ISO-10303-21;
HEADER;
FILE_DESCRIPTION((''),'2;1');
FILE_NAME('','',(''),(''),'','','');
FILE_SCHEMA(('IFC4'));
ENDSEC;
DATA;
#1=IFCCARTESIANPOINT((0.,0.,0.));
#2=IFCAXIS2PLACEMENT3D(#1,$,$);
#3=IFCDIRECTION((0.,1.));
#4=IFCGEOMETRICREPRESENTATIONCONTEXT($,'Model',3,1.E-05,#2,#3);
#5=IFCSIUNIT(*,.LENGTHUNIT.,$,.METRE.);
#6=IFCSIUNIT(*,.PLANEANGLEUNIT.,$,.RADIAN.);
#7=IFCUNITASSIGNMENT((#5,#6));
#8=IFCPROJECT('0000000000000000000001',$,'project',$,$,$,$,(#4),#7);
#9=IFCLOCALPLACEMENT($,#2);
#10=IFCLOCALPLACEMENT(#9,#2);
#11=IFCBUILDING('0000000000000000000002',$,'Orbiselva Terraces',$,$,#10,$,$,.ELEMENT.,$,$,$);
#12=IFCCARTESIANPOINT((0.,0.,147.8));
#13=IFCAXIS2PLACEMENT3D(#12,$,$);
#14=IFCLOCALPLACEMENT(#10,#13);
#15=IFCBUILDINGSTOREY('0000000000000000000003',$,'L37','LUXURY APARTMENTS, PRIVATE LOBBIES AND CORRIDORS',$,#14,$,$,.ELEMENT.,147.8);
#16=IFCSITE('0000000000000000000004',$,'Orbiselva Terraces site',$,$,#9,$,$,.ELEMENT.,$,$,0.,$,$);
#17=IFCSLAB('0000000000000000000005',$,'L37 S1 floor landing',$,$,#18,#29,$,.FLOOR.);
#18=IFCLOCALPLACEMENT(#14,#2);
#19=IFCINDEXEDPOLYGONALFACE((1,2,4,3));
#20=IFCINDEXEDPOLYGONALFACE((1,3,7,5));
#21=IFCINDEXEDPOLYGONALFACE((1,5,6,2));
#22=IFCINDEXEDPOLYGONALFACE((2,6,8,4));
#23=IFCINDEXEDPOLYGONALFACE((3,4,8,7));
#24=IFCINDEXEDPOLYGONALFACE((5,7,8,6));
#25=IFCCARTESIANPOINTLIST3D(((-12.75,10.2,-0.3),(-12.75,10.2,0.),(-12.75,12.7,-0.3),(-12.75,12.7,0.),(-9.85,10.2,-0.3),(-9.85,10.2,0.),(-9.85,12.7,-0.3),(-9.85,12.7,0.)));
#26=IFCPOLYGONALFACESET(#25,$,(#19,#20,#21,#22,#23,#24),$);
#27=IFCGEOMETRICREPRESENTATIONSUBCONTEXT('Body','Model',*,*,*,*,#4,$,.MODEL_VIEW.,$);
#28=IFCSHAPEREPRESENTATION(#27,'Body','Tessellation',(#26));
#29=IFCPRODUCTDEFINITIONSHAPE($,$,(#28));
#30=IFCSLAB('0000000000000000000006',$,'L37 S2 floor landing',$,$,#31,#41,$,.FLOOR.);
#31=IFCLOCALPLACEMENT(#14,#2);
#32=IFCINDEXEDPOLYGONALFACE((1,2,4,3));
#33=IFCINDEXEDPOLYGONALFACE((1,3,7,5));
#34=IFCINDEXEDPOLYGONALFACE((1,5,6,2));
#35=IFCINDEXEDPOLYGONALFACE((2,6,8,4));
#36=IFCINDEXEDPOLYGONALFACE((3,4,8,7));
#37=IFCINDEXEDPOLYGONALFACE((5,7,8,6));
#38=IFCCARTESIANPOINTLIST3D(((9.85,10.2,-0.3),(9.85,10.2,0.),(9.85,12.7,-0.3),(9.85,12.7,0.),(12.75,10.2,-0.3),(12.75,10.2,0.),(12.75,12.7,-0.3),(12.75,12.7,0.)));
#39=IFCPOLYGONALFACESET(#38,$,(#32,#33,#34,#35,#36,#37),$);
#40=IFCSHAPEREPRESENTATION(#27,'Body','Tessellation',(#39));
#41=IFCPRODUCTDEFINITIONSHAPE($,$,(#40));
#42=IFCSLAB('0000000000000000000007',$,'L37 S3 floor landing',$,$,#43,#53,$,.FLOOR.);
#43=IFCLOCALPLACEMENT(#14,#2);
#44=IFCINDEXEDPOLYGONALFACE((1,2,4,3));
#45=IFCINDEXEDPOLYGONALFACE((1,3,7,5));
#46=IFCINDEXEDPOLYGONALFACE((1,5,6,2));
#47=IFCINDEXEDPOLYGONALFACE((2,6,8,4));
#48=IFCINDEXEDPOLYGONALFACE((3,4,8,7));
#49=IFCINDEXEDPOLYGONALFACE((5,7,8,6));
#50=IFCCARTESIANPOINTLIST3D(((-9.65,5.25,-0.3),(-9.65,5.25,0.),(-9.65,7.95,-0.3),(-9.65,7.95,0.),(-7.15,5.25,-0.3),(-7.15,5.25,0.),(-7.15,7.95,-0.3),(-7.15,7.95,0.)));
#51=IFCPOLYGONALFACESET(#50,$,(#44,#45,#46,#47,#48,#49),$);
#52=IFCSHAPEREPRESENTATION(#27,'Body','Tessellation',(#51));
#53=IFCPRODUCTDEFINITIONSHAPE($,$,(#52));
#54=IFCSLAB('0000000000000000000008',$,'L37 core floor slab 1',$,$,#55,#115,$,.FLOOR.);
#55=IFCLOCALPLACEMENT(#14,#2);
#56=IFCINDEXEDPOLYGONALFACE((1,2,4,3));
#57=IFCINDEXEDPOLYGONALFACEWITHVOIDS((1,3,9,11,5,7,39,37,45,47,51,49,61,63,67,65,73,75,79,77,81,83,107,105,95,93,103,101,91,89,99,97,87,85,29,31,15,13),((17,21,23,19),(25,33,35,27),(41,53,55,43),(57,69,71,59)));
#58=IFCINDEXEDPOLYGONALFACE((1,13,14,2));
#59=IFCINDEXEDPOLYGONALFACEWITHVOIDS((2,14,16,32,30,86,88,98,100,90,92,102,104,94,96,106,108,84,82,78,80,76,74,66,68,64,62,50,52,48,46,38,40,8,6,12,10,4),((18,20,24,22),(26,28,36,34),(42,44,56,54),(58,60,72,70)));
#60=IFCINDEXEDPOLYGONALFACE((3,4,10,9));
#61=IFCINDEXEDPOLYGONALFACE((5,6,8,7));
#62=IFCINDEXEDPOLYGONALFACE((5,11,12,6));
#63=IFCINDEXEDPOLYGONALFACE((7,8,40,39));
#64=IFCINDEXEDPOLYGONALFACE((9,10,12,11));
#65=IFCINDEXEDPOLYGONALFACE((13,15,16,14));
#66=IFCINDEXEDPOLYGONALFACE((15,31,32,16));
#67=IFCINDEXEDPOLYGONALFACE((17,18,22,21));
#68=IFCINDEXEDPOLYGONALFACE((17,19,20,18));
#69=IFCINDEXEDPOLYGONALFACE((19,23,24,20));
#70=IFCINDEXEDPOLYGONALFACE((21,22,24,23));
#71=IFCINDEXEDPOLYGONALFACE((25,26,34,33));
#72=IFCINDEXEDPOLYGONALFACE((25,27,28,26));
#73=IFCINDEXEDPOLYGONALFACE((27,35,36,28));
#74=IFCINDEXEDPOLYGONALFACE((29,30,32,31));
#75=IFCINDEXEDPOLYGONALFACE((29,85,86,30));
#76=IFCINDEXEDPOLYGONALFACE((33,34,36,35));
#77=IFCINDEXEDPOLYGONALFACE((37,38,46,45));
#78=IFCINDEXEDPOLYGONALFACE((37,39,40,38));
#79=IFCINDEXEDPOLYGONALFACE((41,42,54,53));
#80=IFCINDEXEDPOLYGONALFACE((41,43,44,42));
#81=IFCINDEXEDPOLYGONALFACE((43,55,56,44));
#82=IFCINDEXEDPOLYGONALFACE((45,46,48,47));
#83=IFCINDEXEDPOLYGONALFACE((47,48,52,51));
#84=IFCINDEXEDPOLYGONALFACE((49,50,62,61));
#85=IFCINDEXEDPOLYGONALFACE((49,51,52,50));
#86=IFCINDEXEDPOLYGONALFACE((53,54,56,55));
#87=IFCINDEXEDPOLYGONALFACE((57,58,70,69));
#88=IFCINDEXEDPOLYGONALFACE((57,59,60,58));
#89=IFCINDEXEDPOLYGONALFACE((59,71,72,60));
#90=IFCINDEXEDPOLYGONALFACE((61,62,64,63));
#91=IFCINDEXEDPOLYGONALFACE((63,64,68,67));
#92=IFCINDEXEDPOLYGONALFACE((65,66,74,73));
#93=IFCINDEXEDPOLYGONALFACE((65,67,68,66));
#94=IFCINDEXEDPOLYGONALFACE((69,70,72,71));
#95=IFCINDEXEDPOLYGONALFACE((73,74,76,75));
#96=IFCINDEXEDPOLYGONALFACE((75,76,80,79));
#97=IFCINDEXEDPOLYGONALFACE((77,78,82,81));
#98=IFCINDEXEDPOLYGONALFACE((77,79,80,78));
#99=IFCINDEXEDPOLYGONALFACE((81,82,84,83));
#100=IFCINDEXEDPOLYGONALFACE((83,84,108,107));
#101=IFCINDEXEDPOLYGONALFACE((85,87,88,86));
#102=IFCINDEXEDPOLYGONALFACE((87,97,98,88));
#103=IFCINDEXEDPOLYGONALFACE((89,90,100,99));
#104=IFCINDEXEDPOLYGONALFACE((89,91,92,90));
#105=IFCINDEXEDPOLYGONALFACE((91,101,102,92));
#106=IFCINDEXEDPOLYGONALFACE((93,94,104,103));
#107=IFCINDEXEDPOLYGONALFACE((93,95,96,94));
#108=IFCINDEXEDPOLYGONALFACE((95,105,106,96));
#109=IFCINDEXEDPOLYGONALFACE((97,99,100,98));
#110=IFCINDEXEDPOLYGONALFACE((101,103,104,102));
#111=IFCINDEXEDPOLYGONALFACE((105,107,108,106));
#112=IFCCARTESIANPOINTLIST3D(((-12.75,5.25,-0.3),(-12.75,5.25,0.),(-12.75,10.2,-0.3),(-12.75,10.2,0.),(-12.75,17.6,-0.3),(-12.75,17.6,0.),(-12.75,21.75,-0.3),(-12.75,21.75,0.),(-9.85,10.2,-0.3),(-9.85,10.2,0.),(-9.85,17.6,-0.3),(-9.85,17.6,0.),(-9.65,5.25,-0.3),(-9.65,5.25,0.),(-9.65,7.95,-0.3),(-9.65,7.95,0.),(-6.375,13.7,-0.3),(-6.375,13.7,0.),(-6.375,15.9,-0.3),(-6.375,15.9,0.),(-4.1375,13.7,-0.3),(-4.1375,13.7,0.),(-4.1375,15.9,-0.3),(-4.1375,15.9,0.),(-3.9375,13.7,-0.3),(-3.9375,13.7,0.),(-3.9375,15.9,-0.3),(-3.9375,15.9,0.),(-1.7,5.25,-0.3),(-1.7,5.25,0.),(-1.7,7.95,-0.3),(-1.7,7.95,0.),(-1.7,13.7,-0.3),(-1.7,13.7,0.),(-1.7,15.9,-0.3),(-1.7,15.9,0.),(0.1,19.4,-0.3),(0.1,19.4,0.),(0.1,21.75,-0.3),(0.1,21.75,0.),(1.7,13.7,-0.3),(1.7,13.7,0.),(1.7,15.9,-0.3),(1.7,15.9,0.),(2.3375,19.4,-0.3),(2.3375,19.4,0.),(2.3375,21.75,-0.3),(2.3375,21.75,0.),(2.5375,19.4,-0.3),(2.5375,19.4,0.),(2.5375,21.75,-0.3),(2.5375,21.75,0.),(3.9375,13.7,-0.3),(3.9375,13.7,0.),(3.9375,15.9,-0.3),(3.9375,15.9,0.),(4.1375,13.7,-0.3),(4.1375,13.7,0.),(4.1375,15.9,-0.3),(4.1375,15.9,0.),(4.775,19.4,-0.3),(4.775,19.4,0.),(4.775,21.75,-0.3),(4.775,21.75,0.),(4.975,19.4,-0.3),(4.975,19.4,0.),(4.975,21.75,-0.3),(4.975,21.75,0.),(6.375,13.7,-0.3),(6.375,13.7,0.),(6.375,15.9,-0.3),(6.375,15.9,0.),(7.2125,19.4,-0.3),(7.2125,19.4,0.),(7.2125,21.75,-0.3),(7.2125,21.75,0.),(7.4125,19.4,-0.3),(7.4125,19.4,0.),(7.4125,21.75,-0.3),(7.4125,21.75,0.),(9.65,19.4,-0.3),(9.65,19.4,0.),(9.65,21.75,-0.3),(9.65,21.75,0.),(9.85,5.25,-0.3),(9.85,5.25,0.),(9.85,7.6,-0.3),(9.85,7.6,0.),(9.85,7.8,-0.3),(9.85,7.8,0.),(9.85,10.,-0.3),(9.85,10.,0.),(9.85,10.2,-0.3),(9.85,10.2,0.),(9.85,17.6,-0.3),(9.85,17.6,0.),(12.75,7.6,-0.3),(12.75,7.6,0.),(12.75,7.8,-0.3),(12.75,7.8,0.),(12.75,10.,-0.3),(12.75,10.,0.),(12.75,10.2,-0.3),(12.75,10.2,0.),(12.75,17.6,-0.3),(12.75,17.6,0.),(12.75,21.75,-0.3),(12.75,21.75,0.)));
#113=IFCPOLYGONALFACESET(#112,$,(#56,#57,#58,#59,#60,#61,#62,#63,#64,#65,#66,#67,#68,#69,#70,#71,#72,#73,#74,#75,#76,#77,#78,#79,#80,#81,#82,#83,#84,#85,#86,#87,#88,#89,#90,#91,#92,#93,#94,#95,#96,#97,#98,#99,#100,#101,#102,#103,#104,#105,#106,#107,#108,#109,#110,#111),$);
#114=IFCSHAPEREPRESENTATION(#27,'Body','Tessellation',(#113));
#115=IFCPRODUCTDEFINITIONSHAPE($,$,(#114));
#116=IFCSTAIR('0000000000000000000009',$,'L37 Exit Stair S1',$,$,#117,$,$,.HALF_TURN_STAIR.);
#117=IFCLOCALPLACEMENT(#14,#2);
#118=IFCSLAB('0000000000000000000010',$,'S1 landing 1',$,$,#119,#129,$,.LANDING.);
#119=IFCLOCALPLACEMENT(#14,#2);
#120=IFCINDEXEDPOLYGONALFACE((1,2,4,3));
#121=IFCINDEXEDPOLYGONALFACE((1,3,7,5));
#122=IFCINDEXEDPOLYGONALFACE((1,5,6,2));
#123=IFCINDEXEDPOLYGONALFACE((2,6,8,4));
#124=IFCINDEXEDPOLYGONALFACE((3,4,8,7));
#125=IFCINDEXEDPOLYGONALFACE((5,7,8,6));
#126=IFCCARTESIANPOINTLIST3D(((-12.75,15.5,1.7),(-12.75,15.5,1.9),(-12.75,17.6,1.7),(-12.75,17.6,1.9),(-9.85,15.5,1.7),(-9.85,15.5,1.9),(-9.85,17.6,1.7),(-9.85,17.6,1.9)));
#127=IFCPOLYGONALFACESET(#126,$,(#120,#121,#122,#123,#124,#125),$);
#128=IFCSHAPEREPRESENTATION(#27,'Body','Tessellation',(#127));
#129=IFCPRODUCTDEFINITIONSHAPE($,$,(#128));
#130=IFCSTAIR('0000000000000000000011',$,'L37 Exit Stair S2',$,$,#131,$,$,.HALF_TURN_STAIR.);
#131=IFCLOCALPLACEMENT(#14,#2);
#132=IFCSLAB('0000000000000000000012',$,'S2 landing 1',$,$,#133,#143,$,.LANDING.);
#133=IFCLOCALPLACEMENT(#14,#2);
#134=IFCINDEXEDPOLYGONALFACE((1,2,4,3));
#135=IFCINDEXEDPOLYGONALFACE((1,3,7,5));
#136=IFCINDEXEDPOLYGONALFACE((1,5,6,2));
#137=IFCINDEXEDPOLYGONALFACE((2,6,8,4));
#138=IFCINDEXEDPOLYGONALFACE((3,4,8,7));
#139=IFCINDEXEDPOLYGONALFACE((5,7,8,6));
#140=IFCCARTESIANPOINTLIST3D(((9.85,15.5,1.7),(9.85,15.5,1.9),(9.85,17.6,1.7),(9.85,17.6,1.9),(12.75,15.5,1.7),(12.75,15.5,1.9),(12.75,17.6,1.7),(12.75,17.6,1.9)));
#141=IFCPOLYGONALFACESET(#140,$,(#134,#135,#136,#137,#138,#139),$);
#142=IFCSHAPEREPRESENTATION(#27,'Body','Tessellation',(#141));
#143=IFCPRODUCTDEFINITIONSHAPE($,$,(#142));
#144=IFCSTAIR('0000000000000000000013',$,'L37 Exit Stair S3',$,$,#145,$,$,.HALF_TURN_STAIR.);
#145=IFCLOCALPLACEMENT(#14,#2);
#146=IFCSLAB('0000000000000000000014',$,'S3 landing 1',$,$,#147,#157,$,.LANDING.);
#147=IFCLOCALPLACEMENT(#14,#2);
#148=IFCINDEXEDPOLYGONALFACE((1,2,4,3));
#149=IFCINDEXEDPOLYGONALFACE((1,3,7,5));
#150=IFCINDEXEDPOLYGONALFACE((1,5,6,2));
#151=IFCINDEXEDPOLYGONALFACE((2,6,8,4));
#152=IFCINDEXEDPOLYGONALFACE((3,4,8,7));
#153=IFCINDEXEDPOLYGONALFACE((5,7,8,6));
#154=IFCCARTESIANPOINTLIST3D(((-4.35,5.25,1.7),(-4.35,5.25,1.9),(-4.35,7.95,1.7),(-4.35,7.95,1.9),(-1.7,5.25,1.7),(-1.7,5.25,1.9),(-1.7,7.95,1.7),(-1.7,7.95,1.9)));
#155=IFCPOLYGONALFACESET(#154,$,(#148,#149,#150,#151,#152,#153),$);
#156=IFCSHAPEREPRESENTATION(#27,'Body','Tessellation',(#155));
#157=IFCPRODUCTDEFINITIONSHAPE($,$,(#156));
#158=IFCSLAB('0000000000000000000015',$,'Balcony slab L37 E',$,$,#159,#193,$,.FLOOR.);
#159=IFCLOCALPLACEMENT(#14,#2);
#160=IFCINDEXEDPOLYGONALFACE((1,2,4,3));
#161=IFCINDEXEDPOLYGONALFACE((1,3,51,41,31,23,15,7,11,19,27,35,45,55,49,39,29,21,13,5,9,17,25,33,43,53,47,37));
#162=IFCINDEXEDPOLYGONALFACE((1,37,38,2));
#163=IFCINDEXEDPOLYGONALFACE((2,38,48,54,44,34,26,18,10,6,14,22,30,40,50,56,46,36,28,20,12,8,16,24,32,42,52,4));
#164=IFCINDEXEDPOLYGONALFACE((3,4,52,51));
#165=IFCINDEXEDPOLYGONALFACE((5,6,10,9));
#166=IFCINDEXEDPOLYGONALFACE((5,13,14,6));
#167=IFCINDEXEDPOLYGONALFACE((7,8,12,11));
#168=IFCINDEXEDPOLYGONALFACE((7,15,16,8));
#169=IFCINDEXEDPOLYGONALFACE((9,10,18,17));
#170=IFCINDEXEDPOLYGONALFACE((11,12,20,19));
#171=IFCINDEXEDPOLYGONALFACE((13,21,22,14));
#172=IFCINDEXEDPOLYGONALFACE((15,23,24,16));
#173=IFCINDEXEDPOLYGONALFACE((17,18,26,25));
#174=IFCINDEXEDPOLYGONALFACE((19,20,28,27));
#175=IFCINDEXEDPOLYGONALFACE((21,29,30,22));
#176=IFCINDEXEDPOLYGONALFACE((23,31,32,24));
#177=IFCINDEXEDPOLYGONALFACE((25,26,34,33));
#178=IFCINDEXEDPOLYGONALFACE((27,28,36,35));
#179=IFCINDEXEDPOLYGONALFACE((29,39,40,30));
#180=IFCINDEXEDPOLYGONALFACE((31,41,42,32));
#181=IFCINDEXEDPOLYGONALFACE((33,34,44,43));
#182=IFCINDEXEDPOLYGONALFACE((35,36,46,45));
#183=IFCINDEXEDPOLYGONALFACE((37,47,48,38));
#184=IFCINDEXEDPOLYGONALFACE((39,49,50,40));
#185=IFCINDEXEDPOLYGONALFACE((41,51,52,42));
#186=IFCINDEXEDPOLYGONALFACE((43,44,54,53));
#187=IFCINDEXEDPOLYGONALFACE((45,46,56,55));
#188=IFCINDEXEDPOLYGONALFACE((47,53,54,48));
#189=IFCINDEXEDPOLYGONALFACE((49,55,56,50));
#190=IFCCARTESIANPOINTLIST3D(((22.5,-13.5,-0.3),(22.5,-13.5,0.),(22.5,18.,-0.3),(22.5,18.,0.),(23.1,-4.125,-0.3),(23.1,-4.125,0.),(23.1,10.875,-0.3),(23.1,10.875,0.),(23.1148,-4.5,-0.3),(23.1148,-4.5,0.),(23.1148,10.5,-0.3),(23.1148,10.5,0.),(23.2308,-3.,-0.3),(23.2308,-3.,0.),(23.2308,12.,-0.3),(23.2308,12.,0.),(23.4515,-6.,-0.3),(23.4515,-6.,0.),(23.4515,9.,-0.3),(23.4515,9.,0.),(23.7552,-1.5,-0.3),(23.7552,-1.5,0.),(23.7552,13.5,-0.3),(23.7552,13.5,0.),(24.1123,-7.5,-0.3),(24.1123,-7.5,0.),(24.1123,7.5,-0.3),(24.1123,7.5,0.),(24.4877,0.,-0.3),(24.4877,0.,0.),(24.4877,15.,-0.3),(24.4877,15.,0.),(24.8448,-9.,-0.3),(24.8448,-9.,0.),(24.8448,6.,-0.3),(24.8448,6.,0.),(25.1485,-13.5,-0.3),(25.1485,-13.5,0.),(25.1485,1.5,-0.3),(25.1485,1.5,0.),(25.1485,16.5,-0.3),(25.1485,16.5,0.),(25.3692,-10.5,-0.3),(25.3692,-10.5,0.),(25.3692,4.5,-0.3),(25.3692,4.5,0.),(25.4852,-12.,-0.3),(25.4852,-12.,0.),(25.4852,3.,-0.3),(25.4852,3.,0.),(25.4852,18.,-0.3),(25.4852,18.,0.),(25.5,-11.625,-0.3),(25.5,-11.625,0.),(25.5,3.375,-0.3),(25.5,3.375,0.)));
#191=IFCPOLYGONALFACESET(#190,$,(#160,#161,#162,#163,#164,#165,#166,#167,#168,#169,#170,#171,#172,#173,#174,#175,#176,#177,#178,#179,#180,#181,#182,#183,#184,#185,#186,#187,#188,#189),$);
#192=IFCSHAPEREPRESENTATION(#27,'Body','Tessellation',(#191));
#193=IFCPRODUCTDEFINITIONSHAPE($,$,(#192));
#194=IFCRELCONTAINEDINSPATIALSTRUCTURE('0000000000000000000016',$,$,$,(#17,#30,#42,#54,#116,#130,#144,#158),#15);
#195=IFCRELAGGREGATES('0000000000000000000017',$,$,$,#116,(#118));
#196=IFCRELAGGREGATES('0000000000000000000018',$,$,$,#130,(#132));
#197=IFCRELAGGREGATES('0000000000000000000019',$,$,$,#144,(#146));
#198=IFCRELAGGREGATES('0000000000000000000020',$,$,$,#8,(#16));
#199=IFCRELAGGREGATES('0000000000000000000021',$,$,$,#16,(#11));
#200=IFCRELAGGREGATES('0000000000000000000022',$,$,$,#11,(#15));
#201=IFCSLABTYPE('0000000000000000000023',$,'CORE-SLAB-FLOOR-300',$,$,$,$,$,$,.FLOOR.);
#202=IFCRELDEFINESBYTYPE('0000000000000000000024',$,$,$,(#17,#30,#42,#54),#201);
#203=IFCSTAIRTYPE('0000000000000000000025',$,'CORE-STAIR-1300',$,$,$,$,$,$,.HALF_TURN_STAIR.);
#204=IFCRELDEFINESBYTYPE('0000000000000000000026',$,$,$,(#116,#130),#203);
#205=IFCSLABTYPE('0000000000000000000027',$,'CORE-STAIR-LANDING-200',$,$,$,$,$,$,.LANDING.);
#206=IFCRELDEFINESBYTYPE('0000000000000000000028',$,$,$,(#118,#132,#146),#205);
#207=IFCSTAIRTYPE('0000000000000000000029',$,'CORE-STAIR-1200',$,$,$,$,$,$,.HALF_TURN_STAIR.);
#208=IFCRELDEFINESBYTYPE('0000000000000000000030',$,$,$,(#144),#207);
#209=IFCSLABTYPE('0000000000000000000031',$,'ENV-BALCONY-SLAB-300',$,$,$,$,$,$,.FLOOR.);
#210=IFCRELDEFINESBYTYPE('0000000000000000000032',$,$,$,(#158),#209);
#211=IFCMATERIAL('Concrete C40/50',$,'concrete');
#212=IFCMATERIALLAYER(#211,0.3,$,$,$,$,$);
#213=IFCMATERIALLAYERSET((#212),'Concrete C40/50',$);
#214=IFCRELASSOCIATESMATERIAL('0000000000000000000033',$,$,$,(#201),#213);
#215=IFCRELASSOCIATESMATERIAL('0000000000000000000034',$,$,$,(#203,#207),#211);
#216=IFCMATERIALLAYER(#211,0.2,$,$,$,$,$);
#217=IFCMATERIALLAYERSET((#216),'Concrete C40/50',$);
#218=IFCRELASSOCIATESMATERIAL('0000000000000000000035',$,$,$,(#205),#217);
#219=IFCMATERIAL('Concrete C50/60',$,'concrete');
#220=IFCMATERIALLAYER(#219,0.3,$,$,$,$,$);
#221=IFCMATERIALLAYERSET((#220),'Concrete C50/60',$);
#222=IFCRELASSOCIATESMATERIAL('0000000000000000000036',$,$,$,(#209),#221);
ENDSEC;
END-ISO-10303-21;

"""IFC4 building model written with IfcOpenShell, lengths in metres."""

from ifc_helpers import new_model, si_unit, direction, frame, origin, place, context, subcontext, project, spatial, polyline, outline, extrude, material, layer, layer_set, type_object, element, aggregate, save


model = new_model("IFC4")

# Units and contexts
model_context = context("Model", 3, precision=1e-05, world=origin(), true_north=direction((0.0, 1.0)))
body_context = subcontext(model_context, "Body", "Model", "MODEL_VIEW")
ifc_project = project(units=[si_unit("LENGTHUNIT", "METRE"), si_unit("PLANEANGLEUNIT", "RADIAN")], contexts=[model_context])

# Site, building, storey
site_placement = place(None, origin())
site = spatial("IfcSite", under=ifc_project, at=site_placement, Name="Orbiselva Terraces site", CompositionType="ELEMENT", RefElevation=0.0)
building_placement = place(site_placement, origin())
building = spatial("IfcBuilding", under=site, at=building_placement, Name="Orbiselva Terraces", CompositionType="ELEMENT")
storey_placement = place(building_placement, frame((0.0, 0.0, 147.8)))
storey = spatial("IfcBuildingStorey", under=building, at=storey_placement, Name="L37", Description="LUXURY APARTMENTS, PRIVATE LOBBIES AND CORRIDORS", CompositionType="ELEMENT", Elevation=147.8)

# Slabs
ifc_material_1 = material(Name="Concrete C40/50", Category="concrete")
ifc_layer_1 = layer(ifc_material_1, 0.3)
ifc_layer_set_1 = layer_set([ifc_layer_1], Name="Concrete C40/50")
slab_type_1 = type_object("IfcSlabType", Name="CORE-SLAB-FLOOR-300", PredefinedType="FLOOR", material=ifc_layer_set_1)
slab_1_placement = place(storey_placement, frame((0.0, 0.0, -0.3)))
element("IfcSlab", 1, at=slab_1_placement, inside=storey, type_object=slab_type_1, Name="L37 S1 floor landing", PredefinedType="FLOOR", context=body_context, shape_type="SweptSolid", body=[
    extrude(outline(polyline([(-12.75, 12.7), (-9.85, 12.7), (-9.85, 10.2), (-12.75, 10.2), (-12.75, 12.7)])), origin(), (0.0, 0.0, 1.0), 0.3),
])
slab_2_placement = place(storey_placement, frame((0.0, 0.0, -0.3)))
element("IfcSlab", 2, at=slab_2_placement, inside=storey, type_object=slab_type_1, Name="L37 S2 floor landing", PredefinedType="FLOOR", context=body_context, shape_type="SweptSolid", body=[
    extrude(outline(polyline([(12.75, 12.7), (12.75, 10.2), (9.85, 10.2), (9.85, 12.7), (12.75, 12.7)])), origin(), (0.0, 0.0, 1.0), 0.3),
])
slab_3_placement = place(storey_placement, frame((0.0, 0.0, -0.3)))
element("IfcSlab", 3, at=slab_3_placement, inside=storey, type_object=slab_type_1, Name="L37 S3 floor landing", PredefinedType="FLOOR", context=body_context, shape_type="SweptSolid", body=[
    extrude(outline(polyline([(-7.15, 5.25), (-9.65, 5.25), (-9.65, 7.95), (-7.15, 7.95), (-7.15, 5.25)])), origin(), (0.0, 0.0, 1.0), 0.3),
])
slab_4_placement = place(storey_placement, frame((0.0, 0.0, -0.3)))
element("IfcSlab", 4, at=slab_4_placement, inside=storey, type_object=slab_type_1, Name="L37 core floor slab 1", PredefinedType="FLOOR", context=body_context, shape_type="SweptSolid", body=[
    extrude(outline(polyline([(-1.7, 5.25), (-1.7, 7.95), (-9.65, 7.95), (-9.65, 5.25), (-12.75, 5.25), (-12.75, 10.2), (-9.85, 10.2), (-9.85, 17.6), (-12.75, 17.6), (-12.75, 21.75), (0.1, 21.75), (0.1, 19.4), (2.3375, 19.4), (2.3375, 21.75), (2.5375, 21.75), (2.5375, 19.4), (4.775, 19.4), (4.775, 21.75), (4.975, 21.75), (4.975, 19.4), (7.2125, 19.4), (7.2125, 21.75), (7.4125, 21.75), (7.4125, 19.4), (9.65, 19.4), (9.65, 21.75), (12.75, 21.75), (12.75, 17.6), (9.85, 17.6), (9.85, 10.2), (12.75, 10.2), (12.75, 10.0), (9.85, 10.0), (9.85, 7.8), (12.75, 7.8), (12.75, 7.6), (9.85, 7.6), (9.85, 5.25), (-1.7, 5.25)]), holes=[polyline([(-4.1375, 13.7), (-4.1375, 15.9), (-6.375, 15.9), (-6.375, 13.7), (-4.1375, 13.7)]), polyline([(-1.7, 13.7), (-1.7, 15.9), (-3.9375, 15.9), (-3.9375, 13.7), (-1.7, 13.7)]), polyline([(3.9375, 15.9), (1.7, 15.9), (1.7, 13.7), (3.9375, 13.7), (3.9375, 15.9)]), polyline([(6.375, 13.7), (6.375, 15.9), (4.1375, 15.9), (4.1375, 13.7), (6.375, 13.7)])]), origin(), (0.0, 0.0, 1.0), 0.3),
])

# Stairs, slabs
stair_type_1 = type_object("IfcStairType", Name="CORE-STAIR-1300", PredefinedType="HALF_TURN_STAIR", material=ifc_material_1)
stair_1_placement = place(storey_placement, origin())
stair_1 = element("IfcStair", 5, at=stair_1_placement, inside=storey, type_object=stair_type_1, Name="L37 Exit Stair S1", PredefinedType="HALF_TURN_STAIR")
ifc_layer_2 = layer(ifc_material_1, 0.2)
ifc_layer_set_2 = layer_set([ifc_layer_2], Name="Concrete C40/50")
slab_type_2 = type_object("IfcSlabType", Name="CORE-STAIR-LANDING-200", PredefinedType="LANDING", material=ifc_layer_set_2)
slab_5_placement = place(storey_placement, frame((0.0, 0.0, 1.7)))
slab_5 = element("IfcSlab", 6, at=slab_5_placement, type_object=slab_type_2, Name="S1 landing 1", PredefinedType="LANDING", context=body_context, shape_type="SweptSolid", body=[
    extrude(outline(polyline([(-9.85, 15.5), (-9.85, 17.6), (-12.75, 17.6), (-12.75, 15.5), (-9.85, 15.5)])), origin(), (0.0, 0.0, 1.0), 0.2),
])
aggregate(stair_1, [slab_5])
stair_2_placement = place(storey_placement, origin())
stair_2 = element("IfcStair", 7, at=stair_2_placement, inside=storey, type_object=stair_type_1, Name="L37 Exit Stair S2", PredefinedType="HALF_TURN_STAIR")
slab_6_placement = place(storey_placement, frame((0.0, 0.0, 1.7)))
slab_6 = element("IfcSlab", 8, at=slab_6_placement, type_object=slab_type_2, Name="S2 landing 1", PredefinedType="LANDING", context=body_context, shape_type="SweptSolid", body=[
    extrude(outline(polyline([(12.75, 15.5), (12.75, 17.6), (9.85, 17.6), (9.85, 15.5), (12.75, 15.5)])), origin(), (0.0, 0.0, 1.0), 0.2),
])
aggregate(stair_2, [slab_6])
stair_type_2 = type_object("IfcStairType", Name="CORE-STAIR-1200", PredefinedType="HALF_TURN_STAIR", material=ifc_material_1)
stair_3_placement = place(storey_placement, origin())
stair_3 = element("IfcStair", 9, at=stair_3_placement, inside=storey, type_object=stair_type_2, Name="L37 Exit Stair S3", PredefinedType="HALF_TURN_STAIR")
slab_7_placement = place(storey_placement, frame((0.0, 0.0, 1.7)))
slab_7 = element("IfcSlab", 10, at=slab_7_placement, type_object=slab_type_2, Name="S3 landing 1", PredefinedType="LANDING", context=body_context, shape_type="SweptSolid", body=[
    extrude(outline(polyline([(-4.35, 5.25), (-1.7, 5.25), (-1.7, 7.95), (-4.35, 7.95), (-4.35, 5.25)])), origin(), (0.0, 0.0, 1.0), 0.2),
])
aggregate(stair_3, [slab_7])

# Slab
ifc_material_2 = material(Name="Concrete C50/60", Category="concrete")
ifc_layer_3 = layer(ifc_material_2, 0.3)
ifc_layer_set_3 = layer_set([ifc_layer_3], Name="Concrete C50/60")
slab_type_3 = type_object("IfcSlabType", Name="ENV-BALCONY-SLAB-300", PredefinedType="FLOOR", material=ifc_layer_set_3)
slab_8_placement = place(storey_placement, frame((0.0, 0.0, -0.3)))
element("IfcSlab", 11, at=slab_8_placement, inside=storey, type_object=slab_type_3, Name="Balcony slab L37 E", PredefinedType="FLOOR", context=body_context, shape_type="SweptSolid", body=[
    extrude(outline(polyline([(25.1485, -13.5), (25.4852, -12.0), (25.5, -11.625), (25.3692, -10.5), (24.8448, -9.0), (24.1123, -7.5), (23.4515, -6.0), (23.1148, -4.5), (23.1, -4.125), (23.2308, -3.0), (23.7552, -1.5), (24.4877, 0.0), (25.1485, 1.5), (25.4852, 3.0), (25.5, 3.375), (25.3692, 4.5), (24.8448, 6.0), (24.1123, 7.5), (23.4515, 9.0), (23.1148, 10.5), (23.1, 10.875), (23.2308, 12.0), (23.7552, 13.5), (24.4877, 15.0), (25.1485, 16.5), (25.4852, 18.0), (22.5, 18.0), (22.5, -13.5), (25.1485, -13.5)])), origin(), (0.0, 0.0, 1.0), 0.3),
])

save(model, "model.ifc")
